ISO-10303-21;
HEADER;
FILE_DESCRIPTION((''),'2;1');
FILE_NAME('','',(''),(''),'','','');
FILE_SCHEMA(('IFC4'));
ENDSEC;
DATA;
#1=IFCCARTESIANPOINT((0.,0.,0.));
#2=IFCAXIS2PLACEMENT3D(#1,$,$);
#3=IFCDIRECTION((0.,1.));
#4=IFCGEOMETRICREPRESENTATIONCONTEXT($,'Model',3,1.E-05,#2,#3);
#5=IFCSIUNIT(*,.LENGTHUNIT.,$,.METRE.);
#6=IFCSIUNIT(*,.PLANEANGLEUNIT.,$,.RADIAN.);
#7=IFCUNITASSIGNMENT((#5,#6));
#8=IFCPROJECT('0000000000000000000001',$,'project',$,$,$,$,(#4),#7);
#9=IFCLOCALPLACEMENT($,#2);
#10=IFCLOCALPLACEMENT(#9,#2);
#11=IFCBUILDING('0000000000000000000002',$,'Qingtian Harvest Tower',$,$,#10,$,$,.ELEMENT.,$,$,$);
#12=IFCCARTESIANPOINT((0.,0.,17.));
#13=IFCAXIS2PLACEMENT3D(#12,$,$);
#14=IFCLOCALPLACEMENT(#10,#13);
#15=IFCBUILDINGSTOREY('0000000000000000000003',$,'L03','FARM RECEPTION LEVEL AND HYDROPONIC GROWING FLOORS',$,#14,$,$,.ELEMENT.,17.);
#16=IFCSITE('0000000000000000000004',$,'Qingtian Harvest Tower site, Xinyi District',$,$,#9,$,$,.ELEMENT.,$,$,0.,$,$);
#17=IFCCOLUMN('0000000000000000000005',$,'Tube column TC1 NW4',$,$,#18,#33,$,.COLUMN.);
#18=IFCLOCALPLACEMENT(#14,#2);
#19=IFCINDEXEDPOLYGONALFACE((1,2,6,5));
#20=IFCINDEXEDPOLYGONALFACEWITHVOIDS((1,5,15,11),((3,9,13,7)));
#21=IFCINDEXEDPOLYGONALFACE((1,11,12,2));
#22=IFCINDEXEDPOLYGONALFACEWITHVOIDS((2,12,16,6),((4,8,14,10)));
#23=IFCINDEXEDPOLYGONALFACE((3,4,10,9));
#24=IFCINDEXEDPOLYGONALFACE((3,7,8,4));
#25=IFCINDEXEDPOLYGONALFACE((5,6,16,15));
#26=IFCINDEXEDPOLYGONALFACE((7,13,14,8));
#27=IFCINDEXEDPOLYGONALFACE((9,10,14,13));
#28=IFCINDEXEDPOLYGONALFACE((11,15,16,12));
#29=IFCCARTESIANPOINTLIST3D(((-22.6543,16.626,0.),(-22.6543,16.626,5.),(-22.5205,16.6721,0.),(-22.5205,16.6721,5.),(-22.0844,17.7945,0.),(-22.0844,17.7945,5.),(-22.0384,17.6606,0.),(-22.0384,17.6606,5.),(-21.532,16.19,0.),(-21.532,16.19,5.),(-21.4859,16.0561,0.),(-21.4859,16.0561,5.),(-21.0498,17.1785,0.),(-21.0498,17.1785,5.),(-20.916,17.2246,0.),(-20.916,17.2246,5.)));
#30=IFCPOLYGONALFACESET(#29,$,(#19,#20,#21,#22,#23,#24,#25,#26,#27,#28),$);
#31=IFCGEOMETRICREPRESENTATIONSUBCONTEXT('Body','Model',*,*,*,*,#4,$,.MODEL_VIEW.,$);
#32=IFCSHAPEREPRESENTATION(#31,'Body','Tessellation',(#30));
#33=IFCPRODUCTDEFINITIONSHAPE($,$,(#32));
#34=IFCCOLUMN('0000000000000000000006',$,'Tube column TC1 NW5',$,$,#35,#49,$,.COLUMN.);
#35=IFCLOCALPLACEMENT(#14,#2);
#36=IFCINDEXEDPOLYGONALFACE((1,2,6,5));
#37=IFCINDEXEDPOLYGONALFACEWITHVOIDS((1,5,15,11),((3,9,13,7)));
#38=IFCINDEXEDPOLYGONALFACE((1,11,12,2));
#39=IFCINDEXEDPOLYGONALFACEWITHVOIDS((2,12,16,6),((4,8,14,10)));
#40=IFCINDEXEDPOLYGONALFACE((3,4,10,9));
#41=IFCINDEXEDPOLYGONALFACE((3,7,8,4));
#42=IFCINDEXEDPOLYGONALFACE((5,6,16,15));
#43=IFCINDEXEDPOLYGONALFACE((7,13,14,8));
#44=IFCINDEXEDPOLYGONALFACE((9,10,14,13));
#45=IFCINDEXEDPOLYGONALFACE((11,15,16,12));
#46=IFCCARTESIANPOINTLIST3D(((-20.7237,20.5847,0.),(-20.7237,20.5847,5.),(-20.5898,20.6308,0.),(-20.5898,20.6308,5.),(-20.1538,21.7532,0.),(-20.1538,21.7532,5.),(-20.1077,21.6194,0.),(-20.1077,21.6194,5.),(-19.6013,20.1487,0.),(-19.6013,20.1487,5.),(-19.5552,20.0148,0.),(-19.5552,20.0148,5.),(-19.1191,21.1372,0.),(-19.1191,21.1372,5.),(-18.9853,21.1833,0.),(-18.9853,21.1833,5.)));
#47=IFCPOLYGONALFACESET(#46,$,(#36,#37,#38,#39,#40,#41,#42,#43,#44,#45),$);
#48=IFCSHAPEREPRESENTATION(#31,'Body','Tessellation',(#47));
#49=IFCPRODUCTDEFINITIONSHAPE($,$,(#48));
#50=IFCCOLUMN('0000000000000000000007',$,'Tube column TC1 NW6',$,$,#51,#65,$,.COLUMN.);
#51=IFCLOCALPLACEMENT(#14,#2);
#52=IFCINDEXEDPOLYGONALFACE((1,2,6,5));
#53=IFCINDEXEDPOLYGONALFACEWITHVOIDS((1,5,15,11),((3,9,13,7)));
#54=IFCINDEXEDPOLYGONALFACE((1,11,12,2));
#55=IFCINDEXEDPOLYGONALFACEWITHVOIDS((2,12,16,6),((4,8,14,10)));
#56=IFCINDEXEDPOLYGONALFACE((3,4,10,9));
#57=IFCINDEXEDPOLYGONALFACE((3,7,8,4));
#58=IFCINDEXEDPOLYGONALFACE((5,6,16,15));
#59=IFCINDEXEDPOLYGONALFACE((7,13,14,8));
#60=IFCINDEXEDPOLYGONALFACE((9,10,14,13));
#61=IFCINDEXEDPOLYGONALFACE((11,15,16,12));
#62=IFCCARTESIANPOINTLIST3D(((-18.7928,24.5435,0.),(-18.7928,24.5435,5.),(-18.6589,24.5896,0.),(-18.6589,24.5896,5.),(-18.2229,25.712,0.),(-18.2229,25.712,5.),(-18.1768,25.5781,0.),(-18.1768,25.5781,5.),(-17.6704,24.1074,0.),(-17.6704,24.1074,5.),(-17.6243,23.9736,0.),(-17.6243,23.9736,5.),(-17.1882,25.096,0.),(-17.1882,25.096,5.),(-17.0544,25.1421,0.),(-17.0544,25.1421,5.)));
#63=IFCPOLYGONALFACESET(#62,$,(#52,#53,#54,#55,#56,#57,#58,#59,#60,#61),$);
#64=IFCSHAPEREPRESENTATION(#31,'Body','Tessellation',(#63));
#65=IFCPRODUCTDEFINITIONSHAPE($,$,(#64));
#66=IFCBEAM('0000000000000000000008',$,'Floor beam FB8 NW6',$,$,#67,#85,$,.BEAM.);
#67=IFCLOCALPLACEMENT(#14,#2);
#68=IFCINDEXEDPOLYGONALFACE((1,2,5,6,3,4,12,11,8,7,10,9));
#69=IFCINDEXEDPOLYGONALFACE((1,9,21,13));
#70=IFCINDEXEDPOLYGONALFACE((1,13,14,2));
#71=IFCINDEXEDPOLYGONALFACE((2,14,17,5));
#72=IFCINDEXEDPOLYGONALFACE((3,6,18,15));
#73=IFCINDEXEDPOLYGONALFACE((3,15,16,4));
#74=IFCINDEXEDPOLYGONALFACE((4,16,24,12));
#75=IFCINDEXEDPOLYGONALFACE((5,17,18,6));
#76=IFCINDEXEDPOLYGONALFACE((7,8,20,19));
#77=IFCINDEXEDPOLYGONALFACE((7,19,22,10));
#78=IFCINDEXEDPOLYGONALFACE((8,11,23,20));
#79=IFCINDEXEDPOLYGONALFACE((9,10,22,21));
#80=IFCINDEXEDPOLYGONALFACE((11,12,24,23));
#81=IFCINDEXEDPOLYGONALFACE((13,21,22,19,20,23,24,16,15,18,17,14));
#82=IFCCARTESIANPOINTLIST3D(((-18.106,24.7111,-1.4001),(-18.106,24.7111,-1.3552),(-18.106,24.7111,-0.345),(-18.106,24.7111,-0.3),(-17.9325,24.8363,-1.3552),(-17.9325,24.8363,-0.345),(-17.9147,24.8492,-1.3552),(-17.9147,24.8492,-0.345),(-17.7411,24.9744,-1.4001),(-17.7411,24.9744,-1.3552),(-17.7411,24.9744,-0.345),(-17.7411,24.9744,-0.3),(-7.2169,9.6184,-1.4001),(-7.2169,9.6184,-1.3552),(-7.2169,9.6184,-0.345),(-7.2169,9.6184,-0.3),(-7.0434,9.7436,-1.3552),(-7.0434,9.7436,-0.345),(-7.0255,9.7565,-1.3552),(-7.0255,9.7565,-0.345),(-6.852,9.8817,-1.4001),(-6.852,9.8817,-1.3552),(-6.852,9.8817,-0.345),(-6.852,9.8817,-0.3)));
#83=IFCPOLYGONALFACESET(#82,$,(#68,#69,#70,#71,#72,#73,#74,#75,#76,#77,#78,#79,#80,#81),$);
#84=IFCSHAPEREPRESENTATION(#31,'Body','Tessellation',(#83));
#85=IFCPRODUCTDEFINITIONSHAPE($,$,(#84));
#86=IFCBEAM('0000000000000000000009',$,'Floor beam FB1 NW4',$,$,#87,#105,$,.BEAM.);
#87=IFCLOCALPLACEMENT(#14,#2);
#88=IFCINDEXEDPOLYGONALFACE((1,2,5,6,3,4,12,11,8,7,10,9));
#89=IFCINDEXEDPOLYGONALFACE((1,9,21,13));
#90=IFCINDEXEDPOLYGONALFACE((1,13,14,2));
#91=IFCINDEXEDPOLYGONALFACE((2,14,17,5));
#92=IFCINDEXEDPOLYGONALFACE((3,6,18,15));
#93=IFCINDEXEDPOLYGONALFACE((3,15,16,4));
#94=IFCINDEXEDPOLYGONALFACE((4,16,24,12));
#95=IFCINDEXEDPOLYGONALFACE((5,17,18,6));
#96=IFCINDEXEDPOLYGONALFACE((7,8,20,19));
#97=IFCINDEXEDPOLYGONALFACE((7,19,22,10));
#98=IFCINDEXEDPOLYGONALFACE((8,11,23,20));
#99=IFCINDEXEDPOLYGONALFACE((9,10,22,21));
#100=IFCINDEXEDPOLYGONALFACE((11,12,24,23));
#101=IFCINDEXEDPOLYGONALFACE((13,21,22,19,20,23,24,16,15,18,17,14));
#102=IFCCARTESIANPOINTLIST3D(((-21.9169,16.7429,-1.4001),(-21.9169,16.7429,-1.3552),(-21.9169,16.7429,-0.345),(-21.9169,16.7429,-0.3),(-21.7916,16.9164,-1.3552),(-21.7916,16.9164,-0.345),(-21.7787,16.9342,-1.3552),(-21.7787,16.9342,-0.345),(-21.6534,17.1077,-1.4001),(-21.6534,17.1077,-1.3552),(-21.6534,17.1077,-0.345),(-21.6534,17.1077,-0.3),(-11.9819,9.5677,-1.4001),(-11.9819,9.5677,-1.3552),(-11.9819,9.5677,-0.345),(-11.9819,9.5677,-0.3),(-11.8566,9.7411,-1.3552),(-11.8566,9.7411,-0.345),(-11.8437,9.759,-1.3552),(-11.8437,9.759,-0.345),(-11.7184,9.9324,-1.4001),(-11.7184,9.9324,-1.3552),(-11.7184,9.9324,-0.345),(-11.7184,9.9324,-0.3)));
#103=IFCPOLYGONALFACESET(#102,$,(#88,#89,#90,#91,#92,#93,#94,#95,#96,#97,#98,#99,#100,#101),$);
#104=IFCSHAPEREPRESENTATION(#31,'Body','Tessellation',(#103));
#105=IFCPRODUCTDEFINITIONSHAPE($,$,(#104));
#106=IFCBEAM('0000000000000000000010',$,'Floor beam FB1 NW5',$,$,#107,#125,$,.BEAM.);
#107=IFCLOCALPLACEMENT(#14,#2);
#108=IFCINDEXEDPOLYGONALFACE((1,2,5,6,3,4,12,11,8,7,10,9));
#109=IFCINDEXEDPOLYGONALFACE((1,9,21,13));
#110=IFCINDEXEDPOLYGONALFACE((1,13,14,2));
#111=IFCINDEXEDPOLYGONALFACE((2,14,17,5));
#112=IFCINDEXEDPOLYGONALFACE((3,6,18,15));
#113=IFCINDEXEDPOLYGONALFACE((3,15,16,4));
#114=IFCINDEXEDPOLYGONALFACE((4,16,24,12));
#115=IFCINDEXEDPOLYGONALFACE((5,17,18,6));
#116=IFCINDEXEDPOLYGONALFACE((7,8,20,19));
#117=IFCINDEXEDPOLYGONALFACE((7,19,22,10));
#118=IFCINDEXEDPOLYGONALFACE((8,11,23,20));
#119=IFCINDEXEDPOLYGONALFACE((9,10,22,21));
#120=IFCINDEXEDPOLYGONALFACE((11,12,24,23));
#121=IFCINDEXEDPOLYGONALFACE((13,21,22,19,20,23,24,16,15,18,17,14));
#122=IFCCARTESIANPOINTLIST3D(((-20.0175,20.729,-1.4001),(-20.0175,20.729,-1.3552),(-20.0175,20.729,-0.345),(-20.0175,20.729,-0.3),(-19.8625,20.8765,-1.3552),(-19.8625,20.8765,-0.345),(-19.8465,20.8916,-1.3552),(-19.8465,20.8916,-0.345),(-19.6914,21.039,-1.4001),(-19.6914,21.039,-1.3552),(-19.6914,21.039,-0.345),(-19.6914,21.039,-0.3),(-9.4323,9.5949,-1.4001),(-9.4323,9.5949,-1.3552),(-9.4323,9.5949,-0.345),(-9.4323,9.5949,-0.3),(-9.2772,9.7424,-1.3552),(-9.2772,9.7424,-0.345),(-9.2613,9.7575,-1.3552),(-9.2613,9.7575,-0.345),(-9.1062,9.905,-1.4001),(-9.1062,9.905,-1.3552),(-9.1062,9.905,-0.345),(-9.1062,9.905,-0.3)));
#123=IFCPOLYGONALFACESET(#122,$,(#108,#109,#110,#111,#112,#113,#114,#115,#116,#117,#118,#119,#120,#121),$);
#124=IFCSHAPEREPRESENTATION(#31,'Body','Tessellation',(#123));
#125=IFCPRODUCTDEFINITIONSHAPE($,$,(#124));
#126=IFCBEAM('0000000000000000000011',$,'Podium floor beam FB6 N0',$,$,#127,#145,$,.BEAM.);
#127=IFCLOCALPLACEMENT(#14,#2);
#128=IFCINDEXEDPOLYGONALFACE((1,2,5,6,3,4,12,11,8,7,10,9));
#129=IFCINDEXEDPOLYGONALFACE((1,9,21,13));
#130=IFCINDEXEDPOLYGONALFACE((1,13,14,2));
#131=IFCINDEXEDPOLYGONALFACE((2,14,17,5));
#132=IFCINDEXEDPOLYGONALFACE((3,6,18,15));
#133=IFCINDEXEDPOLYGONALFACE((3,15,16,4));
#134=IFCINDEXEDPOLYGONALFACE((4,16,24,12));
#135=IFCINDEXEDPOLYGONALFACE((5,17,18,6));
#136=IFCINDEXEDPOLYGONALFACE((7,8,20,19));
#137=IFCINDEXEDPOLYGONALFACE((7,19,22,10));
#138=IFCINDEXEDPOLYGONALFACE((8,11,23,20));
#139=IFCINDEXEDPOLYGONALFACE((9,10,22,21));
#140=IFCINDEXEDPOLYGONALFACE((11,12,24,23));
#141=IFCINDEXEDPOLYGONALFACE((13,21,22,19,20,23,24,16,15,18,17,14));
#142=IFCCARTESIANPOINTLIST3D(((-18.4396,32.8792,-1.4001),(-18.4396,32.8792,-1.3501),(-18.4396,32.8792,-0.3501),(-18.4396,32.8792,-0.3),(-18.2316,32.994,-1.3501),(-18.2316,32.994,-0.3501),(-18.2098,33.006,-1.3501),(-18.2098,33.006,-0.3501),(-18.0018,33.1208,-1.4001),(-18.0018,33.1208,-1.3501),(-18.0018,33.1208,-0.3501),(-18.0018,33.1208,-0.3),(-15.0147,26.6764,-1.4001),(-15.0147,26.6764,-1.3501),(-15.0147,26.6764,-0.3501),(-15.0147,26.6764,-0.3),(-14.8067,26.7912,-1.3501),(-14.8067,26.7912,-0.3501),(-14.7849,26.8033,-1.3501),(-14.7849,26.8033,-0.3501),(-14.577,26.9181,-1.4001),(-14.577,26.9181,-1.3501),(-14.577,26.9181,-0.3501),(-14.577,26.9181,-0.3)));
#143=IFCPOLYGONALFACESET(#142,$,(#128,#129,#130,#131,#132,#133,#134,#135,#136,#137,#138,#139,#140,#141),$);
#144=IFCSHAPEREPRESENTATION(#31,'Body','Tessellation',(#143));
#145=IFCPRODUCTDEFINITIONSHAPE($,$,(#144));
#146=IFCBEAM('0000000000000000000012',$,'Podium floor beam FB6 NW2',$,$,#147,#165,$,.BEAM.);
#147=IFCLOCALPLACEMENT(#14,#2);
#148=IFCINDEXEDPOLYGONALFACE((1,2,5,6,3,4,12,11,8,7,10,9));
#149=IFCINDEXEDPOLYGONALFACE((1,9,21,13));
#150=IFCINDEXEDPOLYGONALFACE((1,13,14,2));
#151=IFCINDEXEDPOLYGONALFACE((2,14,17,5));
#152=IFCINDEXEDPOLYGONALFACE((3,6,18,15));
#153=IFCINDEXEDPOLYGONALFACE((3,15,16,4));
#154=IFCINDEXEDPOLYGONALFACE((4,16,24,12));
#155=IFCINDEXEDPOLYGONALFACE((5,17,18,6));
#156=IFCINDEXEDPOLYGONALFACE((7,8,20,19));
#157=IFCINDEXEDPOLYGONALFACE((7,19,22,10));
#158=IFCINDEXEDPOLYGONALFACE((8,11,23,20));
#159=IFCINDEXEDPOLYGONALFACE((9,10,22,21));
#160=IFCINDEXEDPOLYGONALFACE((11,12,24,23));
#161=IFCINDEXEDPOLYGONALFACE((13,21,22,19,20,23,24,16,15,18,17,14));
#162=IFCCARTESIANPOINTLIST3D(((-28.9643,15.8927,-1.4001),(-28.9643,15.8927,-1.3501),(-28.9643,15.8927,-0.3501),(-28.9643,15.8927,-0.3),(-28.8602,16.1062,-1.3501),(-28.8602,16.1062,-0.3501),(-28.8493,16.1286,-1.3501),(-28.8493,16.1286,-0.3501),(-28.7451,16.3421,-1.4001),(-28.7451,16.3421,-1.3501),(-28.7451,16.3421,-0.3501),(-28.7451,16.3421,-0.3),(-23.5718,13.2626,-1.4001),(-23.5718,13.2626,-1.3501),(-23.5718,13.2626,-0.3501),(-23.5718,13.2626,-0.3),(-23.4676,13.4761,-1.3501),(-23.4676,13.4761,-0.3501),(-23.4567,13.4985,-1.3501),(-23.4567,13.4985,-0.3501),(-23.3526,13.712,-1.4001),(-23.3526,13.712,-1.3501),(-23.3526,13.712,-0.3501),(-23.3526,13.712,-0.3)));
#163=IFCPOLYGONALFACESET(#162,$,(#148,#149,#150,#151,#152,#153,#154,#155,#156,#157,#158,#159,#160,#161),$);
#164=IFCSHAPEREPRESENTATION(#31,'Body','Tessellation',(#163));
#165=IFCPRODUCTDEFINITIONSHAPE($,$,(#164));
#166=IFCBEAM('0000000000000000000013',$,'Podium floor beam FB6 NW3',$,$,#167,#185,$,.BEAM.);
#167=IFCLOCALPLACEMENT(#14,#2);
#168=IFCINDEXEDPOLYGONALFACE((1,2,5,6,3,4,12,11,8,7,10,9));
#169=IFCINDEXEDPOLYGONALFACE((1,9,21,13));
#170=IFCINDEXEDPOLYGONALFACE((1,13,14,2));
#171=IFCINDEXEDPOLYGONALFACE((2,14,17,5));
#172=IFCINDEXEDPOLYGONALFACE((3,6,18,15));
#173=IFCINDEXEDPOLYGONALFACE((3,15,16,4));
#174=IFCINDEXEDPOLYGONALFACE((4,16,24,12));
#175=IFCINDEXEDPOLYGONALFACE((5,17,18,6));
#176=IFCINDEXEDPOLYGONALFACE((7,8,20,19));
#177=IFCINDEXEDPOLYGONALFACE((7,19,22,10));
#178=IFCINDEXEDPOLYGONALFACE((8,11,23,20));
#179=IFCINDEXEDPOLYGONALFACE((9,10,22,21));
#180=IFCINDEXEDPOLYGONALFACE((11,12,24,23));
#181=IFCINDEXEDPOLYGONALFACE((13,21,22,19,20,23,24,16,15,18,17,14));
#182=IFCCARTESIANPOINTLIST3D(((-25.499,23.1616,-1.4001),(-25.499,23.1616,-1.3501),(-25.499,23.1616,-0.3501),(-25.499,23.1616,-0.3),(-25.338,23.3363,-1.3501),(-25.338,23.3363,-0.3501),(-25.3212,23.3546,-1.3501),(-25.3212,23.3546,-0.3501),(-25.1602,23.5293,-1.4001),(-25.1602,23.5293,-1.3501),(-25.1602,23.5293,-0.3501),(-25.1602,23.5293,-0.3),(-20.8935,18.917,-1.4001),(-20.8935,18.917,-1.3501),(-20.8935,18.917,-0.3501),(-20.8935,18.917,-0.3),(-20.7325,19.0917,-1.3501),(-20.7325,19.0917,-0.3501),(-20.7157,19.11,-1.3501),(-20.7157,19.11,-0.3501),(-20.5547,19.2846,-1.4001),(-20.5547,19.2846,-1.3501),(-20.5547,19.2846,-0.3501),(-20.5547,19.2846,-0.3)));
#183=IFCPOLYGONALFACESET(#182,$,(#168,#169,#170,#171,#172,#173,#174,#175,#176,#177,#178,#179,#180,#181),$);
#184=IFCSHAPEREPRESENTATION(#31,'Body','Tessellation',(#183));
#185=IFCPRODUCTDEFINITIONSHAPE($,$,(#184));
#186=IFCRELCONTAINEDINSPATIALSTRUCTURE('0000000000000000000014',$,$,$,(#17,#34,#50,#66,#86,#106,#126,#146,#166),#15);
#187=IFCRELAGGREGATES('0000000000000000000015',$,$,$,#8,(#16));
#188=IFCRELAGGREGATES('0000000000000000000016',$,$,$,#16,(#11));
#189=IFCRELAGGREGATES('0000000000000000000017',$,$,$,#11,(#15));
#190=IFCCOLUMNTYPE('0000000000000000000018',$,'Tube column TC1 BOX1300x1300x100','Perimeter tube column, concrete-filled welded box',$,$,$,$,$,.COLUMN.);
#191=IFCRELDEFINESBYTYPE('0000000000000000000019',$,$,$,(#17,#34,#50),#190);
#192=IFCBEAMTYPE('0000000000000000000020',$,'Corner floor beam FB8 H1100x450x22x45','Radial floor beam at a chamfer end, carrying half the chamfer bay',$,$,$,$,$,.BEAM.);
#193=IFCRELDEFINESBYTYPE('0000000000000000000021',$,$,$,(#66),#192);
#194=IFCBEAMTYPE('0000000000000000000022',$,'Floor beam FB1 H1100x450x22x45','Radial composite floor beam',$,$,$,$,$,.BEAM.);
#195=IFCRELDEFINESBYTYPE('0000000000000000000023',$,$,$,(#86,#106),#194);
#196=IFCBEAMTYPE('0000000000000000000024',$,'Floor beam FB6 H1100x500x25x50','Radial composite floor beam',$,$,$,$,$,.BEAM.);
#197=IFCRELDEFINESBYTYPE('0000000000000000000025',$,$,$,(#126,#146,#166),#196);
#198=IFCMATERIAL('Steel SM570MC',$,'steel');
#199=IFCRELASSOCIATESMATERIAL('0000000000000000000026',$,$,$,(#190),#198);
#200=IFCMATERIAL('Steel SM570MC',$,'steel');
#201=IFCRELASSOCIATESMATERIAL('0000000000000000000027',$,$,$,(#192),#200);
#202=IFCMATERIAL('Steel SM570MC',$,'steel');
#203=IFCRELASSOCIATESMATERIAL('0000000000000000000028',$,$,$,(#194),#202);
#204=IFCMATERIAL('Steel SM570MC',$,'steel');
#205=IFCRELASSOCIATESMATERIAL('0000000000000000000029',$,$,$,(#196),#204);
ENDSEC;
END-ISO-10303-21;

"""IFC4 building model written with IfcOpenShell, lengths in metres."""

from ifc_helpers import new_model, si_unit, direction, frame, origin, origin_2d, place, context, subcontext, project, spatial, hollow_rectangle, i_section, extrude, material, material_profile, profile_set, type_object, element, save


model = new_model("IFC4")

# Units and contexts
model_context = context("Model", 3, precision=1e-05, world=origin(), true_north=direction((0.0, 1.0)))
body_context = subcontext(model_context, "Body", "Model", "MODEL_VIEW")
ifc_project = project(units=[si_unit("LENGTHUNIT", "METRE"), si_unit("PLANEANGLEUNIT", "RADIAN")], contexts=[model_context])

# Site, building, storey
site_placement = place(None, origin())
site = spatial("IfcSite", under=ifc_project, at=site_placement, Name="Qingtian Harvest Tower site, Xinyi District", CompositionType="ELEMENT", RefElevation=0.0)
building_placement = place(site_placement, origin())
building = spatial("IfcBuilding", under=site, at=building_placement, Name="Qingtian Harvest Tower", CompositionType="ELEMENT")
storey_placement = place(building_placement, frame((0.0, 0.0, 17.0)))
storey = spatial("IfcBuildingStorey", under=building, at=storey_placement, Name="L03", Description="FARM RECEPTION LEVEL AND HYDROPONIC GROWING FLOORS", CompositionType="ELEMENT", Elevation=17.0)

# Columns
ifc_material_1 = material(Name="Steel SM570MC", Category="steel")
ifc_material_profile_1 = material_profile(ifc_material_1, hollow_rectangle(XDim=1.3, YDim=1.3, WallThickness=0.1001, at=origin_2d()), Name="BOX1300x1300x100")
ifc_profile_set_1 = profile_set([ifc_material_profile_1], Name="Steel SM570MC")
column_type = type_object("IfcColumnType", Name="Tube column TC1 BOX1300x1300x100", Description="Perimeter tube column, concrete-filled welded box", PredefinedType="COLUMN", material=ifc_profile_set_1)
for number, where, z_axis, x_axis, name in (
    (1, (-21.7852, 16.9253, 0.0), (0.0, 0.0, 1.0), (-0.438371, -0.898794, 0.0), "Tube column TC1 NW4"),
    (2, (-19.8545, 20.884, 0.0), (0.0, 0.0, 1.0), (-0.438371, -0.898794, 0.0), "Tube column TC1 NW5"),
    (3, (-17.9236, 24.8428, 0.0), (0.0, 0.0, 1.0), (-0.438371, -0.898794, 0.0), "Tube column TC1 NW6"),
):
    element("IfcColumn", number, at=place(storey_placement, frame(where, z_axis=z_axis, x_axis=x_axis)), inside=storey, type_object=column_type, Name=name, PredefinedType="COLUMN", context=body_context, shape_type="SweptSolid", body=[
        extrude(hollow_rectangle(XDim=1.3, YDim=1.3, WallThickness=0.1001, at=origin_2d()), origin(), (0.0, 0.0, 1.0), 5.0),
    ])

# Beams
ifc_material_2 = material(Name="Steel SM570MC", Category="steel")
ifc_material_profile_2 = material_profile(ifc_material_2, i_section(OverallWidth=0.45, OverallDepth=1.1001, WebThickness=0.022, FlangeThickness=0.0449, at=origin_2d()), Name="H1100x450x22x45")
ifc_profile_set_2 = profile_set([ifc_material_profile_2], Name="Steel SM570MC")
beam_type_1 = type_object("IfcBeamType", Name="Corner floor beam FB8 H1100x450x22x45", Description="Radial floor beam at a chamfer end, carrying half the chamfer bay", PredefinedType="BEAM", material=ifc_profile_set_2)
beam_1_placement = place(storey_placement, frame((-17.9236, 24.8428, -0.8501), z_axis=(0.585096, -0.810964, 0.0), x_axis=(0.810964, 0.585096, 0.0)))
element("IfcBeam", 4, at=beam_1_placement, inside=storey, type_object=beam_type_1, Name="Floor beam FB8 NW6", PredefinedType="BEAM", context=body_context, shape_type="SweptSolid", body=[
    extrude(i_section(OverallWidth=0.45, OverallDepth=1.1001, WebThickness=0.022, FlangeThickness=0.0449, at=origin_2d()), origin(), (0.0, 0.0, 1.0), 18.6108),
])
ifc_material_3 = material(Name="Steel SM570MC", Category="steel")
ifc_material_profile_3 = material_profile(ifc_material_3, i_section(OverallWidth=0.45, OverallDepth=1.1001, WebThickness=0.022, FlangeThickness=0.0449, at=origin_2d()), Name="H1100x450x22x45")
ifc_profile_set_3 = profile_set([ifc_material_profile_3], Name="Steel SM570MC")
beam_type_2 = type_object("IfcBeamType", Name="Floor beam FB1 H1100x450x22x45", Description="Radial composite floor beam", PredefinedType="BEAM", material=ifc_profile_set_3)
beam_2_placement = place(storey_placement, frame((-21.7852, 16.9253, -0.8501), z_axis=(0.81068, -0.585489, 0.0), x_axis=(0.585489, 0.81068, 0.0)))
element("IfcBeam", 5, at=beam_2_placement, inside=storey, type_object=beam_type_2, Name="Floor beam FB1 NW4", PredefinedType="BEAM", context=body_context, shape_type="SweptSolid", body=[
    extrude(i_section(OverallWidth=0.45, OverallDepth=1.1001, WebThickness=0.022, FlangeThickness=0.0449, at=origin_2d()), origin(), (0.0, 0.0, 1.0), 12.2551),
])
beam_3_placement = place(storey_placement, frame((-19.8545, 20.884, -0.8501), z_axis=(0.689019, -0.724743, 0.0), x_axis=(0.724743, 0.689019, 0.0)))
element("IfcBeam", 6, at=beam_3_placement, inside=storey, type_object=beam_type_2, Name="Floor beam FB1 NW5", PredefinedType="BEAM", context=body_context, shape_type="SweptSolid", body=[
    extrude(i_section(OverallWidth=0.45, OverallDepth=1.1001, WebThickness=0.022, FlangeThickness=0.0449, at=origin_2d()), origin(), (0.0, 0.0, 1.0), 15.3628),
])
ifc_material_4 = material(Name="Steel SM570MC", Category="steel")
ifc_material_profile_4 = material_profile(ifc_material_4, i_section(OverallWidth=0.5, OverallDepth=1.1001, WebThickness=0.0249, FlangeThickness=0.05, at=origin_2d()), Name="H1100x500x25x50")
ifc_profile_set_4 = profile_set([ifc_material_profile_4], Name="Steel SM570MC")
beam_type_3 = type_object("IfcBeamType", Name="Floor beam FB6 H1100x500x25x50", Description="Radial composite floor beam", PredefinedType="BEAM", material=ifc_profile_set_4)
beam_4_placement = place(storey_placement, frame((-18.2207, 33.0, -0.8501), z_axis=(0.483365, -0.875419, 0.0), x_axis=(0.875419, 0.483365, 0.0)))
element("IfcBeam", 7, at=beam_4_placement, inside=storey, type_object=beam_type_3, Name="Podium floor beam FB6 N0", PredefinedType="BEAM", context=body_context, shape_type="SweptSolid", body=[
    extrude(i_section(OverallWidth=0.5, OverallDepth=1.1001, WebThickness=0.0249, FlangeThickness=0.05, at=origin_2d()), origin(), (0.0, 0.0, 1.0), 7.0854),
])
beam_5_placement = place(storey_placement, frame((-28.8547, 16.1174, -0.8501), z_axis=(0.898795, -0.43837, 0.0), x_axis=(0.43837, 0.898795, 0.0)))
element("IfcBeam", 8, at=beam_5_placement, inside=storey, type_object=beam_type_3, Name="Podium floor beam FB6 NW2", PredefinedType="BEAM", context=body_context, shape_type="SweptSolid", body=[
    extrude(i_section(OverallWidth=0.5, OverallDepth=1.1001, WebThickness=0.0249, FlangeThickness=0.05, at=origin_2d()), origin(), (0.0, 0.0, 1.0), 5.9998),
])
beam_6_placement = place(storey_placement, frame((-25.3296, 23.3455, -0.8501), z_axis=(0.735326, -0.677713, 0.0), x_axis=(0.677713, 0.735326, 0.0)))
element("IfcBeam", 9, at=beam_6_placement, inside=storey, type_object=beam_type_3, Name="Podium floor beam FB6 NW3", PredefinedType="BEAM", context=body_context, shape_type="SweptSolid", body=[
    extrude(i_section(OverallWidth=0.5, OverallDepth=1.1001, WebThickness=0.0249, FlangeThickness=0.05, at=origin_2d()), origin(), (0.0, 0.0, 1.0), 6.2632),
])

save(model, "model.ifc")
